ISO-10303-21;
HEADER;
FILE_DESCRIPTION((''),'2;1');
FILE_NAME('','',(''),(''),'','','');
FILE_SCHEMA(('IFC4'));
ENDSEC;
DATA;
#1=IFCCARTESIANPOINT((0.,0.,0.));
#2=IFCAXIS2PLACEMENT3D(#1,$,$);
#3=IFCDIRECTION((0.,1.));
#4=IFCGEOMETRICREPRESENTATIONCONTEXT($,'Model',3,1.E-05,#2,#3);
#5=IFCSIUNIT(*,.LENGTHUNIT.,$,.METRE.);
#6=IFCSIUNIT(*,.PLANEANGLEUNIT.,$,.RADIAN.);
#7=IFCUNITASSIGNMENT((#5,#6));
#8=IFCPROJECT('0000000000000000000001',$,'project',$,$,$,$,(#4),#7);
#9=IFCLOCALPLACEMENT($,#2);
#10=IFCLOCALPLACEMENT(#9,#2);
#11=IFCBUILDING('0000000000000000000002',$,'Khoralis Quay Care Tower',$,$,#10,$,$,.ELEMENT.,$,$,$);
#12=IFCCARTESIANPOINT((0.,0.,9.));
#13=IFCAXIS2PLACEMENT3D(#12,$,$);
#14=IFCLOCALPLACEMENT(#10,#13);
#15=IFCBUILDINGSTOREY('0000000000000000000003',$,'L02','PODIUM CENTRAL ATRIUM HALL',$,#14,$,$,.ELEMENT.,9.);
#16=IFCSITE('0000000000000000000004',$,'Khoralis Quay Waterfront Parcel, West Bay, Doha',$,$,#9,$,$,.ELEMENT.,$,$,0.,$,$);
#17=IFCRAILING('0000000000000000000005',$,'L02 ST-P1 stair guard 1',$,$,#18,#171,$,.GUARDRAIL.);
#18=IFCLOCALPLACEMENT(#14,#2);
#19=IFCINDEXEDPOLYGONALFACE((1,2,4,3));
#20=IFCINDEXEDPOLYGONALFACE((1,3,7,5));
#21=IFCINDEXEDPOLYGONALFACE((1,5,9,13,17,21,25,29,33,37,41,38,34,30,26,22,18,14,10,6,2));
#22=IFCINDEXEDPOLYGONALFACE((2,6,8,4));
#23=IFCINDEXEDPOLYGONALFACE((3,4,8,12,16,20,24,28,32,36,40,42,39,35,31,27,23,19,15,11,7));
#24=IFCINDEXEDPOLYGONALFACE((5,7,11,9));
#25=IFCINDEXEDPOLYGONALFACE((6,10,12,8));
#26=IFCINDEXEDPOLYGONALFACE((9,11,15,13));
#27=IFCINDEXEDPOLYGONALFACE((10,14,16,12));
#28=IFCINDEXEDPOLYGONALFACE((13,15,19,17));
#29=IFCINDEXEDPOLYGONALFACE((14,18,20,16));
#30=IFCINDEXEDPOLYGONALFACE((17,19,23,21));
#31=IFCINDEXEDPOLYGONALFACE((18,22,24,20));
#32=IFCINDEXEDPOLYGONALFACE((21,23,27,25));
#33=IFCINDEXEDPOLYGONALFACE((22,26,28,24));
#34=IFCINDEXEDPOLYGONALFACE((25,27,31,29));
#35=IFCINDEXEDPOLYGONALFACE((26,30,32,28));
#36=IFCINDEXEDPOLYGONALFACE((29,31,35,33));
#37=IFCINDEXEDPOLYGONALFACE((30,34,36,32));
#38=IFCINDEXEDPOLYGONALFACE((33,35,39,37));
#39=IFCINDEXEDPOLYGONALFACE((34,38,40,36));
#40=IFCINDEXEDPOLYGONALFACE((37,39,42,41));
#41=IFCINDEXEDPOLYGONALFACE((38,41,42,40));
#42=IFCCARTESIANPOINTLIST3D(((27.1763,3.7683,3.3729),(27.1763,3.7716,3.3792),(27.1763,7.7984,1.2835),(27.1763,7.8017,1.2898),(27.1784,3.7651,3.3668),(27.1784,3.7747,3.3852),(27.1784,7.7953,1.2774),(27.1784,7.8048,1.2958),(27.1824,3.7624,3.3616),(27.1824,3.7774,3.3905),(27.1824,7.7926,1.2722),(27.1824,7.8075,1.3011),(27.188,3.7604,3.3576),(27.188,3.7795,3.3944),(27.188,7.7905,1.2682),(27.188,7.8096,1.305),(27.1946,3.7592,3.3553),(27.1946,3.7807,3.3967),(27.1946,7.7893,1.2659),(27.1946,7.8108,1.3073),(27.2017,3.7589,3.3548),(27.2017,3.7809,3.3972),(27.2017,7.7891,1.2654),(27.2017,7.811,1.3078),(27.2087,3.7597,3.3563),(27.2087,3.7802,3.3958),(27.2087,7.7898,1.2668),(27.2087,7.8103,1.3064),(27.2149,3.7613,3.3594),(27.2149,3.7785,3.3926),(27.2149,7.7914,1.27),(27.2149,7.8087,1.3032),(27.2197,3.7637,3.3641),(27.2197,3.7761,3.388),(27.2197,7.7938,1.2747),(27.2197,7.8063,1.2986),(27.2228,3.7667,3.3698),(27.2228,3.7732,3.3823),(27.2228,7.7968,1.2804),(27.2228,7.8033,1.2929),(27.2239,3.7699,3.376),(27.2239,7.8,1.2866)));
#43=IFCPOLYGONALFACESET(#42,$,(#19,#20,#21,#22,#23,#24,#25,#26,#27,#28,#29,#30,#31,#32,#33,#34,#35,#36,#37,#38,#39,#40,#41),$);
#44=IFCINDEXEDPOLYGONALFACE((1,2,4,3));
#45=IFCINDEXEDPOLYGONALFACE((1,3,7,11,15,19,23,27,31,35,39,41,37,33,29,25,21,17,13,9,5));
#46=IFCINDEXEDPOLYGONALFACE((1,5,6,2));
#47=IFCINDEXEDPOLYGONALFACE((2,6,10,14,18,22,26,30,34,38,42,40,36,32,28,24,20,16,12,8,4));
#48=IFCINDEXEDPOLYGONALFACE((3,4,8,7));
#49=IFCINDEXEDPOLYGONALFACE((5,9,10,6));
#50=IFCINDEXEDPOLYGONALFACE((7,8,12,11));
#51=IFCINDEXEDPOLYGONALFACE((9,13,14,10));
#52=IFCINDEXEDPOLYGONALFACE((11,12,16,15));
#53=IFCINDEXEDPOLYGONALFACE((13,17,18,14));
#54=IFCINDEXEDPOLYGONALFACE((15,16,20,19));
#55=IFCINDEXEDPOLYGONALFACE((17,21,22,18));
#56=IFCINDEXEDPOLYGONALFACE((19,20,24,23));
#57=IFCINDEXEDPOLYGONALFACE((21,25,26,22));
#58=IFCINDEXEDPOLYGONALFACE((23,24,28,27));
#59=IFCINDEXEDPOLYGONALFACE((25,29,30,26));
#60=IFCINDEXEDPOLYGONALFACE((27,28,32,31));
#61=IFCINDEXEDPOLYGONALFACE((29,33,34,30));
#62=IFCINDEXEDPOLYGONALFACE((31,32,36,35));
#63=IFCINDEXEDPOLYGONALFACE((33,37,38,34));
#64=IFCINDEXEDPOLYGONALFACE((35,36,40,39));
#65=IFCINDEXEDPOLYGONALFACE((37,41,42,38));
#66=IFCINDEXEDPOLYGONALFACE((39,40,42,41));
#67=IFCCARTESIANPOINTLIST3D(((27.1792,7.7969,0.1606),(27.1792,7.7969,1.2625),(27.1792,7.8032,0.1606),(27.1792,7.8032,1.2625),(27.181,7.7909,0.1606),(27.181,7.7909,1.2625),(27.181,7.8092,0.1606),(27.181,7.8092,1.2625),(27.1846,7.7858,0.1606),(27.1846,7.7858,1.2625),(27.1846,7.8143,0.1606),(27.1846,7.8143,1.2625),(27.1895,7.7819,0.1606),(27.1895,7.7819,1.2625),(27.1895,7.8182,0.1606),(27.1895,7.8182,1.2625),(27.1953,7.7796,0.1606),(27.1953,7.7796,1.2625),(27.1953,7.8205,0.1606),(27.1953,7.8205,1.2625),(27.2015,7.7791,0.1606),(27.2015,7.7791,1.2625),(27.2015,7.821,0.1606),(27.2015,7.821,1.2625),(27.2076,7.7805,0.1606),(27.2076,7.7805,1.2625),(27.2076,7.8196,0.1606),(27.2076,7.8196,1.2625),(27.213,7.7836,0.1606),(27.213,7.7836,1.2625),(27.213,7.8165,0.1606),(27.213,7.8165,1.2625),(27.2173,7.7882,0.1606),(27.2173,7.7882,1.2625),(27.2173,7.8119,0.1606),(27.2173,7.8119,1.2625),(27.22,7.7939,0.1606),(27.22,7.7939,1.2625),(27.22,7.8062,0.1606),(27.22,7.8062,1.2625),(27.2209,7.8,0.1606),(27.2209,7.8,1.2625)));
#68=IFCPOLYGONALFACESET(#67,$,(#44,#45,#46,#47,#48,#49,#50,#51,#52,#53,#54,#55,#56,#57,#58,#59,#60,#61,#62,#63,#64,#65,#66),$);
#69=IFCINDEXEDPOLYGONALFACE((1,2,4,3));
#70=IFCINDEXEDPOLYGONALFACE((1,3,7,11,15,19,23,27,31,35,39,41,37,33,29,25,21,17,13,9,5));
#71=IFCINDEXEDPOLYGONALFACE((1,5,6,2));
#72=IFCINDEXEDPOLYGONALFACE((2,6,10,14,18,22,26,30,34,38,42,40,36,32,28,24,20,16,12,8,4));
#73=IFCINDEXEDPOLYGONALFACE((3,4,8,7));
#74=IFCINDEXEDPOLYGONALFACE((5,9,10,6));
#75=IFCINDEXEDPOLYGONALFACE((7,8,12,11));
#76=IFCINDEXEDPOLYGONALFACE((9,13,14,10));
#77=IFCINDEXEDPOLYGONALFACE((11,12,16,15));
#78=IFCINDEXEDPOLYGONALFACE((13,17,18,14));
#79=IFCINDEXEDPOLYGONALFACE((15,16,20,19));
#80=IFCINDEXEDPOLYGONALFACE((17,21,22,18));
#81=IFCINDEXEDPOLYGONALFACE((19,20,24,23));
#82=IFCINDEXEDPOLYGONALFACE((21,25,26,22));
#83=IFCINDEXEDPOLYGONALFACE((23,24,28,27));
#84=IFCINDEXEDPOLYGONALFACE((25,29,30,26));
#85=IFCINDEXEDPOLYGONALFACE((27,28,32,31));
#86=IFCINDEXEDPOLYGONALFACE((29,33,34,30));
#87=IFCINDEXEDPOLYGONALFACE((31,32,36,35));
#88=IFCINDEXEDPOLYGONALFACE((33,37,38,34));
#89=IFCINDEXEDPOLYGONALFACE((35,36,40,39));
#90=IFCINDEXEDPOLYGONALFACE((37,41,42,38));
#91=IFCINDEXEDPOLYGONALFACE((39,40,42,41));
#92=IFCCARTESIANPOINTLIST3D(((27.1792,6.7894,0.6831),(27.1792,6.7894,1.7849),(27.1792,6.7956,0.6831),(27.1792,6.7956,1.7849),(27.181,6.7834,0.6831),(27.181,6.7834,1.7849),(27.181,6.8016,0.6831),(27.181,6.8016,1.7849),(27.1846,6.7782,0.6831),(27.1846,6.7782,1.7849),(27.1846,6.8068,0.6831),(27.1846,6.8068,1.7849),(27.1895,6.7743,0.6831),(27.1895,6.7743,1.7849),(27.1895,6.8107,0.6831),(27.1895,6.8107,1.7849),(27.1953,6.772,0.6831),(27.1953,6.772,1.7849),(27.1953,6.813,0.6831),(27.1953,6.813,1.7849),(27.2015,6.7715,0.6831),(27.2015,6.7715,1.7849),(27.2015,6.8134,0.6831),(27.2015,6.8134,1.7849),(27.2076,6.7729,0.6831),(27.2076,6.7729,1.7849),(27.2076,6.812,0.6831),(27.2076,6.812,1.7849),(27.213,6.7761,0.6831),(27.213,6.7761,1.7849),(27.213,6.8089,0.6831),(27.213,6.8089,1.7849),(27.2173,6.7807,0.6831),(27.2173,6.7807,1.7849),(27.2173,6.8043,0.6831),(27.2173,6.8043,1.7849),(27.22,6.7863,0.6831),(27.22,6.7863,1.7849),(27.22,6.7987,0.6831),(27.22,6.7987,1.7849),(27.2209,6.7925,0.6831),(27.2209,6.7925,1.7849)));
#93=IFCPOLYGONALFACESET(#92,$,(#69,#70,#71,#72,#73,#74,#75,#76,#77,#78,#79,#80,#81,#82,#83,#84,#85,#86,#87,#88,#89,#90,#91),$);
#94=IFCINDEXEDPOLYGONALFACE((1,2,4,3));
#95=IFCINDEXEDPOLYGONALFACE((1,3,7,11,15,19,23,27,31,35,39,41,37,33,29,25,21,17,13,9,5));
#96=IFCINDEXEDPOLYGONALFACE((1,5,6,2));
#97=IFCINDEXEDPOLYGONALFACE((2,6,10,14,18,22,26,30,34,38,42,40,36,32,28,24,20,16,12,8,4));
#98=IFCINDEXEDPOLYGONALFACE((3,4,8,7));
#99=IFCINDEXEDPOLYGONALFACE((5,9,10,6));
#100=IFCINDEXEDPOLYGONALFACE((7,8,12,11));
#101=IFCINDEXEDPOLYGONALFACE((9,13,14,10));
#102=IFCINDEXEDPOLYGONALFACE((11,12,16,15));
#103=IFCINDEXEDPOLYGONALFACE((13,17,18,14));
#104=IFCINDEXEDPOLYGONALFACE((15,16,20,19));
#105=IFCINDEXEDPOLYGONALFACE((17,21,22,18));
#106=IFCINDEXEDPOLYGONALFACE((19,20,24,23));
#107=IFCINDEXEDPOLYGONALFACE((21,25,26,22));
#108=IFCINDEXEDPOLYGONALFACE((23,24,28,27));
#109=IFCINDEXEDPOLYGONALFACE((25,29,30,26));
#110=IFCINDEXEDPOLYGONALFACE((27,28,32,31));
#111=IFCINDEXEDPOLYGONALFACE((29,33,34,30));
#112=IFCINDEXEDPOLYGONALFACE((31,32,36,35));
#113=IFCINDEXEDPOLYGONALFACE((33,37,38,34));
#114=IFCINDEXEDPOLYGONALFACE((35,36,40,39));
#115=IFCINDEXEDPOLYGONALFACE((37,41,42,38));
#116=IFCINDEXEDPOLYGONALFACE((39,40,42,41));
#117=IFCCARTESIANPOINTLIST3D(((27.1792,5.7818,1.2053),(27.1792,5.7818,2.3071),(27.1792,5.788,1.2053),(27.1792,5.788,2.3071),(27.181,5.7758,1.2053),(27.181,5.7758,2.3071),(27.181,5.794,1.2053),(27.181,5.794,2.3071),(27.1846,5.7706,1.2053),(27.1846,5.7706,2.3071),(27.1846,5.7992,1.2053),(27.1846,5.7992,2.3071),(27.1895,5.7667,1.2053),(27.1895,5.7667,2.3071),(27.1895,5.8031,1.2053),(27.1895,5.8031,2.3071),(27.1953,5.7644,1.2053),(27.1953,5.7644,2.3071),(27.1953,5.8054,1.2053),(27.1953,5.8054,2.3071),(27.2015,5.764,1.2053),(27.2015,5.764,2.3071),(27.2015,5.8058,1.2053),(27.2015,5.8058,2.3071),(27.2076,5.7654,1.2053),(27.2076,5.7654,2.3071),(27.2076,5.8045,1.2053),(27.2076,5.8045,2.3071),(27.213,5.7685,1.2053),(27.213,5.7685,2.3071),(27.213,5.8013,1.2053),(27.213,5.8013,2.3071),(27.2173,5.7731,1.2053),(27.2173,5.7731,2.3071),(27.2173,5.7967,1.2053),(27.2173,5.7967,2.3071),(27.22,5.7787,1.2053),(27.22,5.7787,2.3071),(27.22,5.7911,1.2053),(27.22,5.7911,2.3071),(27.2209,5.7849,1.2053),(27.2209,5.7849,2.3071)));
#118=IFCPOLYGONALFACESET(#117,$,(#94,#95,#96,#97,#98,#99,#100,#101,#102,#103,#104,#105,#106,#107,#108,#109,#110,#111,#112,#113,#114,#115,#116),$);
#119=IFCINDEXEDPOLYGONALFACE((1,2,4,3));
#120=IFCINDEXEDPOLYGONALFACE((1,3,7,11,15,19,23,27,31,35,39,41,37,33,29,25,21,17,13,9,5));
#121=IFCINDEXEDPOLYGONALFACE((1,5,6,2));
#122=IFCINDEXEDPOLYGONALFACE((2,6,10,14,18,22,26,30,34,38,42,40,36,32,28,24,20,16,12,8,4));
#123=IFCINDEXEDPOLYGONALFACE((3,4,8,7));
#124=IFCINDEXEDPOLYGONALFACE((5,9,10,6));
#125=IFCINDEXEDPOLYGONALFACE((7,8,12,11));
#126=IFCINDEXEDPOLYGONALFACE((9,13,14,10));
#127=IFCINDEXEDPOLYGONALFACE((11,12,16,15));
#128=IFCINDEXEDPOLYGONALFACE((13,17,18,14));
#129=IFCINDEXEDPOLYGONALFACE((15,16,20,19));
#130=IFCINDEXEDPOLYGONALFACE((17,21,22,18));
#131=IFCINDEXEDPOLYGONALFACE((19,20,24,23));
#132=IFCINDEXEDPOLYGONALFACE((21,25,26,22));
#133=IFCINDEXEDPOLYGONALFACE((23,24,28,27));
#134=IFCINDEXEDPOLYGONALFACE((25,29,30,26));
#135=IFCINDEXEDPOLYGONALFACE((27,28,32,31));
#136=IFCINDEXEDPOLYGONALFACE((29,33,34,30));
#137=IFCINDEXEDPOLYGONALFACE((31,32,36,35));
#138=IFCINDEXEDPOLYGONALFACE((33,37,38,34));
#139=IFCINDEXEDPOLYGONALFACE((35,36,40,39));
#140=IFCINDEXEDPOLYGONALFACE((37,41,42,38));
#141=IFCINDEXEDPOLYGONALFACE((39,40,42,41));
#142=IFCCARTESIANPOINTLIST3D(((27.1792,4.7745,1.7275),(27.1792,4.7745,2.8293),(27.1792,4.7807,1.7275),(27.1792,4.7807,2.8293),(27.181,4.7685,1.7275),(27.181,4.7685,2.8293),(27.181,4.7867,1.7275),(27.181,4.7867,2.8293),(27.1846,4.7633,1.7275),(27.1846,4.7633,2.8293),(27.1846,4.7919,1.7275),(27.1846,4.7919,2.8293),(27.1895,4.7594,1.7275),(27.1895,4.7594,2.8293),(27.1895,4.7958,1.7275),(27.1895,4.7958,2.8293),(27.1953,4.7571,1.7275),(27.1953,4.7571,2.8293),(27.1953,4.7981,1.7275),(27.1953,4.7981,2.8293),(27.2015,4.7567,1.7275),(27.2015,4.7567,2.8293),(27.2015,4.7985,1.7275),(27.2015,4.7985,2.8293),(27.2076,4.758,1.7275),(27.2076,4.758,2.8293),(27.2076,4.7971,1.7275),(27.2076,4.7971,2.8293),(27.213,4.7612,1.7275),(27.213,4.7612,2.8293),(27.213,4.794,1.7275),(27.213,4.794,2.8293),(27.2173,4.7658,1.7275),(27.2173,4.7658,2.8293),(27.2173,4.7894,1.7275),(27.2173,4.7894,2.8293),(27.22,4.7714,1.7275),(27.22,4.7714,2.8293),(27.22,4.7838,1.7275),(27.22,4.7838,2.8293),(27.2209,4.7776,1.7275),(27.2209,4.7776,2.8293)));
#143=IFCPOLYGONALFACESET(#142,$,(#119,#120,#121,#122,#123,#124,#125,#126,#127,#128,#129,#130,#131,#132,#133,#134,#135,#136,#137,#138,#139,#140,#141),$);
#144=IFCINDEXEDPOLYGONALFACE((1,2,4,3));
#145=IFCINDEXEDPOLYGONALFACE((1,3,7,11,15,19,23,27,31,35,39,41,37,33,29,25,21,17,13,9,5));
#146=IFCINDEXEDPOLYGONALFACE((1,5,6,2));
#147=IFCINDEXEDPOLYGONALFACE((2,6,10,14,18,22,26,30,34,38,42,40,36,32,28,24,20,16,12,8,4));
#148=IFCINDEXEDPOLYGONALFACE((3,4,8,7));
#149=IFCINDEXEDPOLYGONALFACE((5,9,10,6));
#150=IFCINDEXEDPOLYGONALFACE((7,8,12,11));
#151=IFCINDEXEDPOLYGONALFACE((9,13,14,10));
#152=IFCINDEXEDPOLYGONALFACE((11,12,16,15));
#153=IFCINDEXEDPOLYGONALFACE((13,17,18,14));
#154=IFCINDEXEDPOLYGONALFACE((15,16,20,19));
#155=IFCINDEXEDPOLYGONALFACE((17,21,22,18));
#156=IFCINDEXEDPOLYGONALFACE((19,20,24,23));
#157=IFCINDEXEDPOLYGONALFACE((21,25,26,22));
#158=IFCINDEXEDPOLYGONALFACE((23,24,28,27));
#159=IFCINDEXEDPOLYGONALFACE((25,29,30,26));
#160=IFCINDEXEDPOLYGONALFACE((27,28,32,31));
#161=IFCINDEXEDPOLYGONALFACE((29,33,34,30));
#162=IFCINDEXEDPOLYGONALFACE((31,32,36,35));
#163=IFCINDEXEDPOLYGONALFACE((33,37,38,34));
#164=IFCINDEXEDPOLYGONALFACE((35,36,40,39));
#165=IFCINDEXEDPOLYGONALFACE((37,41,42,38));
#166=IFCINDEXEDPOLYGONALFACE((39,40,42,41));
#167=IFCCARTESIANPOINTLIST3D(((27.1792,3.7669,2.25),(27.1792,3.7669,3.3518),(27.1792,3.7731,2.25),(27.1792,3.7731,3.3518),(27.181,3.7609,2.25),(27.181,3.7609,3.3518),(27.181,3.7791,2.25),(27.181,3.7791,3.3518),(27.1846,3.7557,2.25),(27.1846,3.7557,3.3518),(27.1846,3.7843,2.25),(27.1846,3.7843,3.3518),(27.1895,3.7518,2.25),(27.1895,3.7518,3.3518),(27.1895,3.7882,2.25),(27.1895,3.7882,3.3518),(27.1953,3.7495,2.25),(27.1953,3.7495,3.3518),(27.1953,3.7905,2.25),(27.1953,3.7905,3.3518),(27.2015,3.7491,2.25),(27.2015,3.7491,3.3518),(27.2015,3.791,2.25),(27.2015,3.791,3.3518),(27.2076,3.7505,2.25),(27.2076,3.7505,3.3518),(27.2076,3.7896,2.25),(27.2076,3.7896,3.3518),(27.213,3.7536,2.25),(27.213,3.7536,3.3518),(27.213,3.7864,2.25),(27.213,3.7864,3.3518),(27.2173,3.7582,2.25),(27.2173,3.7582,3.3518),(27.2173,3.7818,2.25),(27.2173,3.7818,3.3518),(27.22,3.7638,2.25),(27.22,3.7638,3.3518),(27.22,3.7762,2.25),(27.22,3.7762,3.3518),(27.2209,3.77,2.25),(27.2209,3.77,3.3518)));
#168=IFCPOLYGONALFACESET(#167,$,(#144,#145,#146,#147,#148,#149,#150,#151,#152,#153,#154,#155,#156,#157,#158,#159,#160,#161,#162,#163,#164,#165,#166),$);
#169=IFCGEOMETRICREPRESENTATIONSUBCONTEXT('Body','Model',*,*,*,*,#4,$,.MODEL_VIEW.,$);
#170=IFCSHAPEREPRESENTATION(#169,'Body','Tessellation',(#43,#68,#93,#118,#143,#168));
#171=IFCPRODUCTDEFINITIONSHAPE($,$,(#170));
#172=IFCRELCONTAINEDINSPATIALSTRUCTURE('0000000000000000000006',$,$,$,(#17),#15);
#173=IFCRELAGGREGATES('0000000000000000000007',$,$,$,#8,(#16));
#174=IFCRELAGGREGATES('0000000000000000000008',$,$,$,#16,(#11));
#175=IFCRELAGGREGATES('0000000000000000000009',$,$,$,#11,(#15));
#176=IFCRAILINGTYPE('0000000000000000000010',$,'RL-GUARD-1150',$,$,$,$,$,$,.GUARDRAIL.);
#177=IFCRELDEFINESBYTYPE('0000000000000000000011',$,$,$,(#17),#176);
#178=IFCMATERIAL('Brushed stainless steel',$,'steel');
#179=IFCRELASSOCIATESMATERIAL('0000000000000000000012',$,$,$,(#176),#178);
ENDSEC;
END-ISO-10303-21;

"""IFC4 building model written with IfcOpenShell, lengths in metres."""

from ifc_helpers import new_model, si_unit, direction, frame, origin, origin_2d, place, context, subcontext, project, spatial, circle, extrude, material, type_object, element, save


model = new_model("IFC4")

# Units and contexts
model_context = context("Model", 3, precision=1e-05, world=origin(), true_north=direction((0.0, 1.0)))
body_context = subcontext(model_context, "Body", "Model", "MODEL_VIEW")
ifc_project = project(units=[si_unit("LENGTHUNIT", "METRE"), si_unit("PLANEANGLEUNIT", "RADIAN")], contexts=[model_context])

# Site, building, storey
site_placement = place(None, origin())
site = spatial("IfcSite", under=ifc_project, at=site_placement, Name="Khoralis Quay Waterfront Parcel, West Bay, Doha", CompositionType="ELEMENT", RefElevation=0.0)
building_placement = place(site_placement, origin())
building = spatial("IfcBuilding", under=site, at=building_placement, Name="Khoralis Quay Care Tower", CompositionType="ELEMENT")
storey_placement = place(building_placement, frame((0.0, 0.0, 9.0)))
storey = spatial("IfcBuildingStorey", under=building, at=storey_placement, Name="L02", Description="PODIUM CENTRAL ATRIUM HALL", CompositionType="ELEMENT", Elevation=9.0)

# Railing
ifc_material_1 = material(Name="Brushed stainless steel", Category="steel")
railing_type_1 = type_object("IfcRailingType", Name="RL-GUARD-1150", PredefinedType="GUARDRAIL", material=ifc_material_1)
railing_1_placement = place(storey_placement, frame((27.2, 7.8, 0.1606)))
element("IfcRailing", 1, at=railing_1_placement, inside=storey, type_object=railing_type_1, Name="L02 ST-P1 stair guard 1", PredefinedType="GUARDRAIL", context=body_context, shape_type="SweptSolid", body=[
    extrude(circle(Radius=0.0239, at=origin_2d()), frame((0.0, 0.0, 1.126), z_axis=(0.0, -0.887781, 0.460267), x_axis=(1.0, 0.0, 0.0)), (0.0, 0.0, 1.0), 4.5396),
    extrude(circle(Radius=0.021, at=origin_2d()), origin(), (0.0, 0.0, 1.0), 1.1018),
    extrude(circle(Radius=0.021, at=origin_2d()), frame((0.0, -1.0076, 0.5225)), (0.0, 0.0, 1.0), 1.1018),
    extrude(circle(Radius=0.021, at=origin_2d()), frame((0.0, -2.0151, 1.0447)), (0.0, 0.0, 1.0), 1.1018),
    extrude(circle(Radius=0.021, at=origin_2d()), frame((0.0, -3.0225, 1.5669)), (0.0, 0.0, 1.0), 1.1018),
    extrude(circle(Radius=0.021, at=origin_2d()), frame((0.0, -4.03, 2.0894)), (0.0, 0.0, 1.0), 1.1018),
])

save(model, "model.ifc")
